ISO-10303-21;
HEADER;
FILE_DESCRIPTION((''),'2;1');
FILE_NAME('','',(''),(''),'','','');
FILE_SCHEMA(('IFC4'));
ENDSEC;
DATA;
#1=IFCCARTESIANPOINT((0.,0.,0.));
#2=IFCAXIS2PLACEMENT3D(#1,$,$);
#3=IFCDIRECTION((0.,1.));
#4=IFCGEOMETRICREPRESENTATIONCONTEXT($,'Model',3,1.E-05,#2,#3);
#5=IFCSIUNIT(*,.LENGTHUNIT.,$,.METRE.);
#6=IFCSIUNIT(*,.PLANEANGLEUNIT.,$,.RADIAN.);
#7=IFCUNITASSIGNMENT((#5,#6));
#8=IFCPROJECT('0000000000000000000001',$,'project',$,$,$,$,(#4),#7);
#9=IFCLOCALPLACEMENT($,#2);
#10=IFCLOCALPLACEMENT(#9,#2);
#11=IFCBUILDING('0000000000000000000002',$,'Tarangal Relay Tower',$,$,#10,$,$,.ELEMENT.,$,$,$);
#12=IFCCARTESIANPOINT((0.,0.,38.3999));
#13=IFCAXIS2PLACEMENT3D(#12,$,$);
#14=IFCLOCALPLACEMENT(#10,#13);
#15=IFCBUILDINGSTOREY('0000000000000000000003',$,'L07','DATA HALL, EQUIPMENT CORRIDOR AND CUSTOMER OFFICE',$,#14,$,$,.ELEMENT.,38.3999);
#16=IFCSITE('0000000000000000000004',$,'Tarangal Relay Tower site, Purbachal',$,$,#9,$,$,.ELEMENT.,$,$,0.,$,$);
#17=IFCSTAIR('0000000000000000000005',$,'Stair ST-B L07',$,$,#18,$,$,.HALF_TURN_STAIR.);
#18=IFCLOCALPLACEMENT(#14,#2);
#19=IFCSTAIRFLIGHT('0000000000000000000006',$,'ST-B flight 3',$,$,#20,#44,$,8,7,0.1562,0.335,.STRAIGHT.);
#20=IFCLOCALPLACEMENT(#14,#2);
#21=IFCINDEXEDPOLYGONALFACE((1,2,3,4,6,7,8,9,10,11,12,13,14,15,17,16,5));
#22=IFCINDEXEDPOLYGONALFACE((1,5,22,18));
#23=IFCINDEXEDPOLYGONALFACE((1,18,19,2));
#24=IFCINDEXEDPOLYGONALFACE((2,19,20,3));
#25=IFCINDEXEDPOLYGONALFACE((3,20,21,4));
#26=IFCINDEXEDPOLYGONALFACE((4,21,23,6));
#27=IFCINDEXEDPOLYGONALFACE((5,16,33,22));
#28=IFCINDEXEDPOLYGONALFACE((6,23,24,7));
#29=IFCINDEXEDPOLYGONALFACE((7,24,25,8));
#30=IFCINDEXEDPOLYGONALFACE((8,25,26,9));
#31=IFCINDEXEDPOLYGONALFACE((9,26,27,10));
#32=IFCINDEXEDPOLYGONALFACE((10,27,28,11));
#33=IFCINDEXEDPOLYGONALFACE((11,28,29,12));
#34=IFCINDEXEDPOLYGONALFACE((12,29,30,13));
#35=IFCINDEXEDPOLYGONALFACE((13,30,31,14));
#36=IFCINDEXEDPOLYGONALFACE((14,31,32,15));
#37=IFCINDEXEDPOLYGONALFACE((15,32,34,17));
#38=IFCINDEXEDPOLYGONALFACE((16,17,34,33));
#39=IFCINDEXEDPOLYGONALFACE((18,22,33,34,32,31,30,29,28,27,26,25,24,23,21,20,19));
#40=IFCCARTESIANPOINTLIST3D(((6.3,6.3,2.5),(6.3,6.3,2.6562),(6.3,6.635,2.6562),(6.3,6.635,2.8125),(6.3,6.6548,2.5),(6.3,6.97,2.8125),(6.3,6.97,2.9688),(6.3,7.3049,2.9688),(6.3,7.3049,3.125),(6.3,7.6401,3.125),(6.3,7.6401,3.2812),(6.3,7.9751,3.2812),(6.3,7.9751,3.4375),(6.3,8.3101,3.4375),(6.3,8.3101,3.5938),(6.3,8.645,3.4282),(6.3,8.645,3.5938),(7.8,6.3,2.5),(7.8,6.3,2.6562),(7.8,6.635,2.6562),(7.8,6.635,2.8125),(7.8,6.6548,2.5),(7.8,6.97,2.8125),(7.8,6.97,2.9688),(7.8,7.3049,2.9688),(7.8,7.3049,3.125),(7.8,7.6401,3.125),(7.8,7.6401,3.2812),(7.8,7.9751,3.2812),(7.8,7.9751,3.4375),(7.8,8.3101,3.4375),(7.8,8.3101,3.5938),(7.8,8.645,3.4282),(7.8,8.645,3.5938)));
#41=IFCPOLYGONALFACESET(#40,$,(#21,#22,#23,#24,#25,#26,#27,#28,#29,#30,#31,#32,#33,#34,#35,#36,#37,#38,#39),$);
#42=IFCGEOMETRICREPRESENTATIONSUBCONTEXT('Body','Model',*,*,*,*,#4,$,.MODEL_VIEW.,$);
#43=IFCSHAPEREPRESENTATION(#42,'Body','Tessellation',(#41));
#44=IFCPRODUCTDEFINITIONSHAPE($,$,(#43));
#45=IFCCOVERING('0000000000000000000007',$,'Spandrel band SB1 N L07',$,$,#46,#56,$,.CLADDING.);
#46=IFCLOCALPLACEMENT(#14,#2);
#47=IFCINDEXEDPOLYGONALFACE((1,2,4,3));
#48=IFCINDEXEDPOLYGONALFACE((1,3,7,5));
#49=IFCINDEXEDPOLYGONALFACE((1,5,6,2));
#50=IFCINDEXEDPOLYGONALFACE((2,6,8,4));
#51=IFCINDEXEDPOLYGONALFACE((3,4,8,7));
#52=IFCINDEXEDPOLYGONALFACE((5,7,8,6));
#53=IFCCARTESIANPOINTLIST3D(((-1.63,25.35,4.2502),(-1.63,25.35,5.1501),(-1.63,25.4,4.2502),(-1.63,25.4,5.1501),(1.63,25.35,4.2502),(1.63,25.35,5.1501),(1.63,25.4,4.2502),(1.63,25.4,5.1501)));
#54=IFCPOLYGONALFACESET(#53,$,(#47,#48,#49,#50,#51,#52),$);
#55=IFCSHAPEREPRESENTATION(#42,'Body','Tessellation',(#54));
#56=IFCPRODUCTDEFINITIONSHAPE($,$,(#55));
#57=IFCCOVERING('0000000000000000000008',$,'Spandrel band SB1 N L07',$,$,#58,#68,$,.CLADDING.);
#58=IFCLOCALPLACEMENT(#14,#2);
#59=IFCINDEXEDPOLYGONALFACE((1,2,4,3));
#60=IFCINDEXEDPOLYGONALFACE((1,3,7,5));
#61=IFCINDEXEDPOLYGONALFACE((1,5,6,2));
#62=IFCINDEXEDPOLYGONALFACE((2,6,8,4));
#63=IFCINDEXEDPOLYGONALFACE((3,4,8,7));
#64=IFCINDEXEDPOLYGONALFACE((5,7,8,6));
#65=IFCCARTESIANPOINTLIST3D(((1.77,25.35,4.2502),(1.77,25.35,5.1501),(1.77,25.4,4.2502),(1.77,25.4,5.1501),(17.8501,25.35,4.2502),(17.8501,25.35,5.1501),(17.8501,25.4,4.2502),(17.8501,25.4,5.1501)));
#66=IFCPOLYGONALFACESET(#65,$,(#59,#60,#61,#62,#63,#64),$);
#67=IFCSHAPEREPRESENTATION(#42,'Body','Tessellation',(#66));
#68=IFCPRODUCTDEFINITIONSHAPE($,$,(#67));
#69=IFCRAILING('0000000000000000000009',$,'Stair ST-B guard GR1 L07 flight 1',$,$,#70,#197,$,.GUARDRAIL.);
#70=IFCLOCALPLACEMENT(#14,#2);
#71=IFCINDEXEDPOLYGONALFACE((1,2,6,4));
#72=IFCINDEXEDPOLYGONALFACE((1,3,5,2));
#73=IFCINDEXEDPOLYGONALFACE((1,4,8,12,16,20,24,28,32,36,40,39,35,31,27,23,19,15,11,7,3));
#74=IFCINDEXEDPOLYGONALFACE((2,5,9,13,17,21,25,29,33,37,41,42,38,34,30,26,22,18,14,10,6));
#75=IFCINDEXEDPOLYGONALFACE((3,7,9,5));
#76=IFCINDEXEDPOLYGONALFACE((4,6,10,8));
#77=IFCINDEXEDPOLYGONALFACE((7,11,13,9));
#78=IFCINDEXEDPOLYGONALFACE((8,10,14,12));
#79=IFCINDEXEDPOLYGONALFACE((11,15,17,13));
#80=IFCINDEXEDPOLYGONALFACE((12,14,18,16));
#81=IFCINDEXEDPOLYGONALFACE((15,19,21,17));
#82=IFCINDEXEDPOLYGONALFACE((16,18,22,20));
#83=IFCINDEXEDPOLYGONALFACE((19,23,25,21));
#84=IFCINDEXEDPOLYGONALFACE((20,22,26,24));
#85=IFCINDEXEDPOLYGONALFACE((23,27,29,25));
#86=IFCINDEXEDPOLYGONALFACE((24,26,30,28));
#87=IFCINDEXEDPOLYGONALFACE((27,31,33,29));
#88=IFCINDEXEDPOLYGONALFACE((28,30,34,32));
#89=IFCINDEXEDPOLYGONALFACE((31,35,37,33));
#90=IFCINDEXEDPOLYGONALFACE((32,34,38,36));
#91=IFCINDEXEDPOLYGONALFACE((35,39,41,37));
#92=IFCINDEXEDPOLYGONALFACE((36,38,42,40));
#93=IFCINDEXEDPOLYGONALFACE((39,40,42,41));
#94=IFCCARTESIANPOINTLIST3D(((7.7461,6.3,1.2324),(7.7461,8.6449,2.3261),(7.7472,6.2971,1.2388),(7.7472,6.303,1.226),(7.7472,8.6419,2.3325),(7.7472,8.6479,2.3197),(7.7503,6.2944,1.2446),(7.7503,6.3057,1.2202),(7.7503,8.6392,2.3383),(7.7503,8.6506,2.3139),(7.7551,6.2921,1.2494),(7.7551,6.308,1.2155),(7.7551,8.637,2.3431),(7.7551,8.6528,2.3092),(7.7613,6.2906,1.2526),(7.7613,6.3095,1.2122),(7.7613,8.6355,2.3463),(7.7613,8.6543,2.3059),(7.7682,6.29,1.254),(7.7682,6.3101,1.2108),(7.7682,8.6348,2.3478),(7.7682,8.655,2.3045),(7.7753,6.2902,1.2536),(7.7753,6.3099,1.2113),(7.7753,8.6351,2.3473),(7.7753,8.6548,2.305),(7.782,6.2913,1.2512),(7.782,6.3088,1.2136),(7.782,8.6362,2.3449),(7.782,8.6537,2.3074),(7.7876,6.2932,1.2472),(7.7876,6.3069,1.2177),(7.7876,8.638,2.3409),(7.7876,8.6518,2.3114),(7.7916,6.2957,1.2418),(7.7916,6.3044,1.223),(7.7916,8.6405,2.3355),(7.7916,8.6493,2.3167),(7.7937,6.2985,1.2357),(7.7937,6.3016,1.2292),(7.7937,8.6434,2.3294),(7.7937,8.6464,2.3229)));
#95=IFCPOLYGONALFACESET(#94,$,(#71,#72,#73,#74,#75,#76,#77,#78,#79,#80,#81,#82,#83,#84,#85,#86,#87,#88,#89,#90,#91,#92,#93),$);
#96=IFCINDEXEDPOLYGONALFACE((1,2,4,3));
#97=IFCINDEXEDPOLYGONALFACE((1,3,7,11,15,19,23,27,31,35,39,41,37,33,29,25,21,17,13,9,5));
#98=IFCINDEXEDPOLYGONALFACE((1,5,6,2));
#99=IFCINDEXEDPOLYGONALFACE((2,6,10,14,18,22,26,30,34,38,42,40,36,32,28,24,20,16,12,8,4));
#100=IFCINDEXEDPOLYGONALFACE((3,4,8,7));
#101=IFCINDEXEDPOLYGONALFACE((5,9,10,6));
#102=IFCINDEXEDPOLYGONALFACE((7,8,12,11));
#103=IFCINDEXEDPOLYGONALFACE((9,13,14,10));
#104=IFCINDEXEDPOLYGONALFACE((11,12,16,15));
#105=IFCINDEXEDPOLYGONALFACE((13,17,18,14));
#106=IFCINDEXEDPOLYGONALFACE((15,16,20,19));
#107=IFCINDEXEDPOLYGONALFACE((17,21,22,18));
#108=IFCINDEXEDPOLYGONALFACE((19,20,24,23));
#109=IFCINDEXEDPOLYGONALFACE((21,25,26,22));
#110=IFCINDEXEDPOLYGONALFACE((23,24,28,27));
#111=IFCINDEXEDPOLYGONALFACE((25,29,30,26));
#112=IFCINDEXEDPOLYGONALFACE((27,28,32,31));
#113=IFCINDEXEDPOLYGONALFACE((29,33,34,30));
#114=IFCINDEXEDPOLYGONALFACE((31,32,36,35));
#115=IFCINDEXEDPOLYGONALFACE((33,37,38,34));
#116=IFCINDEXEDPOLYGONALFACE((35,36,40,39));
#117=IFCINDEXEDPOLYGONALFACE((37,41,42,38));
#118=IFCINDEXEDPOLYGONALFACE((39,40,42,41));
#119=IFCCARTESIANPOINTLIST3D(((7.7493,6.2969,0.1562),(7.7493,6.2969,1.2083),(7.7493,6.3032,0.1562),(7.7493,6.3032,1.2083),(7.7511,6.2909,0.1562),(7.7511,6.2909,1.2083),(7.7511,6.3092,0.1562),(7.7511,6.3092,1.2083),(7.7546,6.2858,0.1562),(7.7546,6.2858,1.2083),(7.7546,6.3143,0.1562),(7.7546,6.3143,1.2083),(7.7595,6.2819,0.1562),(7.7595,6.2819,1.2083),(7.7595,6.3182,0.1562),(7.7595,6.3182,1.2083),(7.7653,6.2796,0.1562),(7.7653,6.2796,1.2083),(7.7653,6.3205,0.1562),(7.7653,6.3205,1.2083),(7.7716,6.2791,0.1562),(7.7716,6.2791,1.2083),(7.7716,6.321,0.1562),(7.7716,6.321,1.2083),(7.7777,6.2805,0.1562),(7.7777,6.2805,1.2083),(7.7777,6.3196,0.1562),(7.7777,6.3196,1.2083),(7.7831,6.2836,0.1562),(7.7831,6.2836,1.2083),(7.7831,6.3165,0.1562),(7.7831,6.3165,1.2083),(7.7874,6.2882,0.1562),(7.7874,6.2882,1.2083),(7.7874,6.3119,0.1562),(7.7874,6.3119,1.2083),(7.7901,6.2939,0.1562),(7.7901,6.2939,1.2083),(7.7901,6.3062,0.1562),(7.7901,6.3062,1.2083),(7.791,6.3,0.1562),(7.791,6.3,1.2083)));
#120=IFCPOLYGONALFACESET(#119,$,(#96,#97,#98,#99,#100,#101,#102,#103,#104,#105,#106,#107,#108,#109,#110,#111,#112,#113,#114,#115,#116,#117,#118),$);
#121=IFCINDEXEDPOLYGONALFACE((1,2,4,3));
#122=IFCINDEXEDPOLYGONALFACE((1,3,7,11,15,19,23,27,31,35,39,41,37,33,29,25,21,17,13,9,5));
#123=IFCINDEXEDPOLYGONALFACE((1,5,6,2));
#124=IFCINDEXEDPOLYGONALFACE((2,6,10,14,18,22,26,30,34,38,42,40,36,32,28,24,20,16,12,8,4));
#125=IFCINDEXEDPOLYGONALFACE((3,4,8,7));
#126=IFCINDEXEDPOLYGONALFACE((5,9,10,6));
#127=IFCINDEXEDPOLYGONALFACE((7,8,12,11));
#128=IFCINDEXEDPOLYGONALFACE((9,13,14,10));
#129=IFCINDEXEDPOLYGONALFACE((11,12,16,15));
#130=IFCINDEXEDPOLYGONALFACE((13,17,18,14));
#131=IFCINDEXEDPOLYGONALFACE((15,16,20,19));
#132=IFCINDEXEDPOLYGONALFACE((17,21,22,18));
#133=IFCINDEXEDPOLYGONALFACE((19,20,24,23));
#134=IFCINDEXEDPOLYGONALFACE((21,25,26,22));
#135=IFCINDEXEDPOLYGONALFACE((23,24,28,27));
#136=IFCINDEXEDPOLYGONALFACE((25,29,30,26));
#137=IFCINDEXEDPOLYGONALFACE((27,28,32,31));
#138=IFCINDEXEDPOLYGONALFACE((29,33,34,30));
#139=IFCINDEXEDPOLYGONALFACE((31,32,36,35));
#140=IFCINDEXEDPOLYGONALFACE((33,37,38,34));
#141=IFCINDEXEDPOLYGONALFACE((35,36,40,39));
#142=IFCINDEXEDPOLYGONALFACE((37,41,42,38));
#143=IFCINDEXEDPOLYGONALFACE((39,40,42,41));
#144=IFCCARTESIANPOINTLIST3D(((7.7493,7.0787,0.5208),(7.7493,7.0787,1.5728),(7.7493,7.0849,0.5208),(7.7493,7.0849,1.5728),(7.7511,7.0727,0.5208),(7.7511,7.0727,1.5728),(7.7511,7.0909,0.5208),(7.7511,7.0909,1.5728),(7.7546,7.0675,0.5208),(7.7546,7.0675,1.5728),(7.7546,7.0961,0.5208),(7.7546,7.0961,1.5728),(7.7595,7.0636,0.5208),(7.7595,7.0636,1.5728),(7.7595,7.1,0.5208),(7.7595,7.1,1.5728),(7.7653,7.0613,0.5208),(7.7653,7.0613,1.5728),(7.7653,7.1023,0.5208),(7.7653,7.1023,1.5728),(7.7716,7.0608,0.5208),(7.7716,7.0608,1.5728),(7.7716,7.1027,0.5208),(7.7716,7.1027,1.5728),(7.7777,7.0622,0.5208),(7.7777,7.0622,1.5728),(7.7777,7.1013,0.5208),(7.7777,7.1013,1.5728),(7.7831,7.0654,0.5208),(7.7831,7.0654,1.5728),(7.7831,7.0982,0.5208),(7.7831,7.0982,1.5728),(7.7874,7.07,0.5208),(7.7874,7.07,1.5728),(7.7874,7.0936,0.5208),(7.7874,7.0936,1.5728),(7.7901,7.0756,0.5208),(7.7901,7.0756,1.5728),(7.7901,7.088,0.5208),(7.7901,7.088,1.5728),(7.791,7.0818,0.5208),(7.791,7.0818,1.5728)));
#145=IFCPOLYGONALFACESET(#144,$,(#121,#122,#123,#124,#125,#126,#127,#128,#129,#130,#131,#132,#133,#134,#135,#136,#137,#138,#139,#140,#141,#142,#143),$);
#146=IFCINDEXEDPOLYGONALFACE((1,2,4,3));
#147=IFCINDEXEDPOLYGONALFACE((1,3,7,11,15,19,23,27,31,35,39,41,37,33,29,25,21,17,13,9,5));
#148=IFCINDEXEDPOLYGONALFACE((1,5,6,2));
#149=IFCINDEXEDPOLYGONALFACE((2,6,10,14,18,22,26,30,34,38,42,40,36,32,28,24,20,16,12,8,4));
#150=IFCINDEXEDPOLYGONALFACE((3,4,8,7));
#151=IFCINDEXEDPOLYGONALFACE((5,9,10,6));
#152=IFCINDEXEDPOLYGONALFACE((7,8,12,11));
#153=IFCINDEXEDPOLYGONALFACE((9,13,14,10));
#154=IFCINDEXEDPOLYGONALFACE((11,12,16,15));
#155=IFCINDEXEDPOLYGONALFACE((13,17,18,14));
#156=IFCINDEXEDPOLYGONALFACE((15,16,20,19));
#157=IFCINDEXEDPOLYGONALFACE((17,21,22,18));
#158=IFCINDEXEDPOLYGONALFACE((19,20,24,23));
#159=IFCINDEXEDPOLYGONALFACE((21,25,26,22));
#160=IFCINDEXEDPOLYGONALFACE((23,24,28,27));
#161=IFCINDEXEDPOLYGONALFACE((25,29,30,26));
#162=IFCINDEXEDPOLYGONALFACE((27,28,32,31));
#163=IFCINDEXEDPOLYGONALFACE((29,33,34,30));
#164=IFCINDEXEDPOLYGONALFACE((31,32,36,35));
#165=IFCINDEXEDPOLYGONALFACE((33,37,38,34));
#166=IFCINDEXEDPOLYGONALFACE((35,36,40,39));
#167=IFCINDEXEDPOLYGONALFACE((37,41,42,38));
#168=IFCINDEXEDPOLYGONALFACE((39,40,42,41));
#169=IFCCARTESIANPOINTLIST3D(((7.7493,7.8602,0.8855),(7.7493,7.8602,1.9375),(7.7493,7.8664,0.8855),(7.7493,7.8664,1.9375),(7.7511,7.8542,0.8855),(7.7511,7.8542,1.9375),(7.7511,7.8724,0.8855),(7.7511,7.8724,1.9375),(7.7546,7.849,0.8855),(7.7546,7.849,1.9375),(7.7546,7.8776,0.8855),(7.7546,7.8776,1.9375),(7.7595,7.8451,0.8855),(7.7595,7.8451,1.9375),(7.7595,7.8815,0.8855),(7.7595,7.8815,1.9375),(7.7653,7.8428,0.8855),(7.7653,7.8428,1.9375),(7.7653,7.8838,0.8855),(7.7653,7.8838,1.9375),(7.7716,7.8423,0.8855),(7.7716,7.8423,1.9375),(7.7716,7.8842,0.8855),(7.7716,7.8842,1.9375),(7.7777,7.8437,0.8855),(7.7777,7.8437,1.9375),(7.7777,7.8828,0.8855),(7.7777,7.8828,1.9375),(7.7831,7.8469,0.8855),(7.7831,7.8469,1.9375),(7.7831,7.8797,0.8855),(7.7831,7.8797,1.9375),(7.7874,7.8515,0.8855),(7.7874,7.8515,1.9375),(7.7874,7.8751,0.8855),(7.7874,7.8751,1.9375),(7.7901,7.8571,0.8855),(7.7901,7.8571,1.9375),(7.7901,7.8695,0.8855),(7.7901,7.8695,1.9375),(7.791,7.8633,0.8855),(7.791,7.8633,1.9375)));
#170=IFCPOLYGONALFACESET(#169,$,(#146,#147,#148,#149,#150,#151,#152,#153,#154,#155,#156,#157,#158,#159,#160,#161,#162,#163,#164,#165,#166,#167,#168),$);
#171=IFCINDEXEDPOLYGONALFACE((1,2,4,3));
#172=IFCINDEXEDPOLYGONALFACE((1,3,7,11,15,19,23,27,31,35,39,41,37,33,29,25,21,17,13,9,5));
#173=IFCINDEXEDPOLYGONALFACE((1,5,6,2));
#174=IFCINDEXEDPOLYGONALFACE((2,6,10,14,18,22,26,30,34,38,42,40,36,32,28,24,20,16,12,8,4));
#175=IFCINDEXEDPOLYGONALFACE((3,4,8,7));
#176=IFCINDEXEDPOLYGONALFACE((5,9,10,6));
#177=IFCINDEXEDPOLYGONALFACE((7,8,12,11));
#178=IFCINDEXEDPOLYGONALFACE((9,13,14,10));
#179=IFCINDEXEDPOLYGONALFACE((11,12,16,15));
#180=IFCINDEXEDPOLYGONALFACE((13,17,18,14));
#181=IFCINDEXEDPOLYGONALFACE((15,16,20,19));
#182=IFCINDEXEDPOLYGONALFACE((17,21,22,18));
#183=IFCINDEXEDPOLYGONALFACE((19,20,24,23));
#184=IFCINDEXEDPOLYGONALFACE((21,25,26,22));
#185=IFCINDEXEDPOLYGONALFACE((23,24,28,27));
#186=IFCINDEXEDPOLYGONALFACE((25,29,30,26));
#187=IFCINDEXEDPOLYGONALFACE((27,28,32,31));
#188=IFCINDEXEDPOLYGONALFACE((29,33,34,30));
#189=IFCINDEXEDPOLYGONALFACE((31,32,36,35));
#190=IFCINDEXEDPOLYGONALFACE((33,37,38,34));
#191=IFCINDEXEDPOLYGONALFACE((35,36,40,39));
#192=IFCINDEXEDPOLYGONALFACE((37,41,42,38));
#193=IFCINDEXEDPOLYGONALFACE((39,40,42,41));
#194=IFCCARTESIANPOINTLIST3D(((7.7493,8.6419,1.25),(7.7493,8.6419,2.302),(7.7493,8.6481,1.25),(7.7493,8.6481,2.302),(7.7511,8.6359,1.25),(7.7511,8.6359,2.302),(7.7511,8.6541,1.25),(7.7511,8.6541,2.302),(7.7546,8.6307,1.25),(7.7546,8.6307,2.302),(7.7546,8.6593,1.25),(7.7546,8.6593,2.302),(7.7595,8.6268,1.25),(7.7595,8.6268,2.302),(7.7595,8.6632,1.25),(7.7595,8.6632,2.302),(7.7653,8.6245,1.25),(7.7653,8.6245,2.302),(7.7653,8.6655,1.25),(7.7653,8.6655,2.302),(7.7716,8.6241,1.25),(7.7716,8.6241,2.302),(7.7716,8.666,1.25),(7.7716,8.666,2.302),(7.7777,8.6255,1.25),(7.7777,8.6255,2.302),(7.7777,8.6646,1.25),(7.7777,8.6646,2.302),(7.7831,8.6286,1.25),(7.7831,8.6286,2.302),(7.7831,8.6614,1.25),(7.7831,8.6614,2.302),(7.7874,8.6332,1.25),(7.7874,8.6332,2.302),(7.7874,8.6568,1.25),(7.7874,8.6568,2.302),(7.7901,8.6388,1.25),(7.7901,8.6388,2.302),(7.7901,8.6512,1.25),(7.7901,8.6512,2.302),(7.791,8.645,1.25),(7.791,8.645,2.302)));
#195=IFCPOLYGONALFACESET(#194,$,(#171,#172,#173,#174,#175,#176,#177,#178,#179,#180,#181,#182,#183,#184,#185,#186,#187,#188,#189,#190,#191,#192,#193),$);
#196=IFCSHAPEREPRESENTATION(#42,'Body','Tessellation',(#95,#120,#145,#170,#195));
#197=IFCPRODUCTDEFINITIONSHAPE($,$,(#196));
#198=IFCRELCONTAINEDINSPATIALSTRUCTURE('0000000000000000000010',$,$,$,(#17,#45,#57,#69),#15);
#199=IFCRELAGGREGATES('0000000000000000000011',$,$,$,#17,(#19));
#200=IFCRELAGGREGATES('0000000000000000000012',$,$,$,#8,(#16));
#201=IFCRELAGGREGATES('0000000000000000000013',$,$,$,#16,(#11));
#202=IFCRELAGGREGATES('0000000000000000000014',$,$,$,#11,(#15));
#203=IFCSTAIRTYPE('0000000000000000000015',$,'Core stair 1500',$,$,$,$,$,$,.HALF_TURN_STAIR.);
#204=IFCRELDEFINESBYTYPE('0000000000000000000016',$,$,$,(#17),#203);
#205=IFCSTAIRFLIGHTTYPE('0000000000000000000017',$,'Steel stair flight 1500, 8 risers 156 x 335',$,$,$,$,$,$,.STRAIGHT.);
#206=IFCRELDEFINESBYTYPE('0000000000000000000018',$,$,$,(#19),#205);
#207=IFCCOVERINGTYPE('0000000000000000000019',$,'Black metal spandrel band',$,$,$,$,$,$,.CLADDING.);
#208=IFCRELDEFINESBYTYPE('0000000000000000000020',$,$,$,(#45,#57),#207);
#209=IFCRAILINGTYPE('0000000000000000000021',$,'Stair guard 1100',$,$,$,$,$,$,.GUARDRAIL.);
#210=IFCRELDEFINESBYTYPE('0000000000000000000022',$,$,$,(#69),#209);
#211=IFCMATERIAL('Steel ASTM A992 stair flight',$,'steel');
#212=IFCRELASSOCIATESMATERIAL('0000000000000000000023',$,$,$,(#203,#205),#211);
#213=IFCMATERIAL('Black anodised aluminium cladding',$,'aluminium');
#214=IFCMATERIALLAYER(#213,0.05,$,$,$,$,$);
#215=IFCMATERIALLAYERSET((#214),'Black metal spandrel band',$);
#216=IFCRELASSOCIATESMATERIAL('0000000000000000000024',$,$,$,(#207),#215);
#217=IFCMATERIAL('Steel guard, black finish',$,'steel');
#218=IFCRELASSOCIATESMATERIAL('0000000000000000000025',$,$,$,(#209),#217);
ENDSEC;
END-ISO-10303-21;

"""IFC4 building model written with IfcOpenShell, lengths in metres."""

from ifc_helpers import new_model, si_unit, direction, frame, origin, origin_2d, place, context, subcontext, project, spatial, polyline, rectangle, circle, outline, extrude, material, layer, layer_set, type_object, element, aggregate, save


model = new_model("IFC4")

# Units and contexts
model_context = context("Model", 3, precision=1e-05, world=origin(), true_north=direction((0.0, 1.0)))
body_context = subcontext(model_context, "Body", "Model", "MODEL_VIEW")
ifc_project = project(units=[si_unit("LENGTHUNIT", "METRE"), si_unit("PLANEANGLEUNIT", "RADIAN")], contexts=[model_context])

# Site, building, storey
site_placement = place(None, origin())
site = spatial("IfcSite", under=ifc_project, at=site_placement, Name="Tarangal Relay Tower site, Purbachal", CompositionType="ELEMENT", RefElevation=0.0)
building_placement = place(site_placement, origin())
building = spatial("IfcBuilding", under=site, at=building_placement, Name="Tarangal Relay Tower", CompositionType="ELEMENT")
storey_placement = place(building_placement, frame((0.0, 0.0, 38.3999)))
storey = spatial("IfcBuildingStorey", under=building, at=storey_placement, Name="L07", Description="DATA HALL, EQUIPMENT CORRIDOR AND CUSTOMER OFFICE", CompositionType="ELEMENT", Elevation=38.3999)

# Stair
ifc_material_1 = material(Name="Steel ASTM A992 stair flight", Category="steel")
stair_type = type_object("IfcStairType", Name="Core stair 1500", PredefinedType="HALF_TURN_STAIR", material=ifc_material_1)
stair_1_placement = place(storey_placement, origin())
stair_1 = element("IfcStair", 1, at=stair_1_placement, inside=storey, type_object=stair_type, Name="Stair ST-B L07", PredefinedType="HALF_TURN_STAIR")

# Stair flight
stair_flight_type = type_object("IfcStairFlightType", Name="Steel stair flight 1500, 8 risers 156 x 335", PredefinedType="STRAIGHT", material=ifc_material_1)
stair_flight_1_placement = place(storey_placement, frame((7.05, 6.3, 2.5), z_axis=(0.0, 0.0, 1.0), x_axis=(0.0, 1.0, 0.0)))
stair_flight_1 = element("IfcStairFlight", 2, at=stair_flight_1_placement, type_object=stair_flight_type, Name="ST-B flight 3", NumberOfRisers=8, NumberOfTreads=7, PredefinedType="STRAIGHT", RiserHeight=0.1562, TreadLength=0.335, context=body_context, shape_type="SweptSolid", body=[
    extrude(outline(polyline([(0.0, 0.0), (0.0, 0.1562), (0.335, 0.1562), (0.335, 0.3125), (0.6699, 0.3125), (0.6699, 0.4688), (1.0049, 0.4688), (1.0049, 0.625), (1.3401, 0.625), (1.3401, 0.7812), (1.675, 0.7812), (1.675, 0.9375), (2.01, 0.9375), (2.01, 1.0938), (2.345, 1.0938), (2.345, 1.25), (2.345, 0.9282), (0.3547, 0.0), (0.0, 0.0)])), frame((0.0, 0.75, 0.0), z_axis=(0.0, -1.0, 0.0), x_axis=(1.0, 0.0, 0.0)), (0.0, 0.0, 1.0), 1.5),
])
aggregate(stair_1, [stair_flight_1])

# Coverings
ifc_material_2 = material(Name="Black anodised aluminium cladding", Category="aluminium")
ifc_layer_1 = layer(ifc_material_2, 0.05)
ifc_layer_set_1 = layer_set([ifc_layer_1], Name="Black metal spandrel band")
covering_type = type_object("IfcCoveringType", Name="Black metal spandrel band", PredefinedType="CLADDING", material=ifc_layer_set_1)
covering_1_placement = place(storey_placement, frame((0.0, 25.375, 4.2502), z_axis=(0.0, 0.0, 1.0), x_axis=(1.0, 0.0, 0.0)))
element("IfcCovering", 3, at=covering_1_placement, inside=storey, type_object=covering_type, Name="Spandrel band SB1 N L07", PredefinedType="CLADDING", context=body_context, shape_type="SweptSolid", body=[
    extrude(rectangle(XDim=3.26, YDim=0.05, at=origin_2d()), origin(), (0.0, 0.0, 1.0), 0.8999),
])
covering_2_placement = place(storey_placement, frame((9.8101, 25.375, 4.2502), z_axis=(0.0, 0.0, 1.0), x_axis=(1.0, 0.0, 0.0)))
element("IfcCovering", 4, at=covering_2_placement, inside=storey, type_object=covering_type, Name="Spandrel band SB1 N L07", PredefinedType="CLADDING", context=body_context, shape_type="SweptSolid", body=[
    extrude(rectangle(XDim=16.0801, YDim=0.05, at=origin_2d()), origin(), (0.0, 0.0, 1.0), 0.8999),
])

# Railing
ifc_material_3 = material(Name="Steel guard, black finish", Category="steel")
railing_type_1 = type_object("IfcRailingType", Name="Stair guard 1100", PredefinedType="GUARDRAIL", material=ifc_material_3)
railing_1_placement = place(storey_placement, frame((7.77, 6.3, 0.1562)))
element("IfcRailing", 5, at=railing_1_placement, inside=storey, type_object=railing_type_1, Name="Stair ST-B guard GR1 L07 flight 1", PredefinedType="GUARDRAIL", context=body_context, shape_type="SweptSolid", body=[
    extrude(circle(Radius=0.0239, at=origin_2d()), frame((0.0, 0.0, 1.0762), z_axis=(0.0, 0.906267, 0.422705), x_axis=(-1.0, 0.0, 0.0)), (0.0, 0.0, 1.0), 2.5874),
    extrude(circle(Radius=0.021, at=origin_2d()), origin(), (0.0, 0.0, 1.0), 1.052),
    extrude(circle(Radius=0.021, at=origin_2d()), frame((0.0, 0.7817, 0.3645)), (0.0, 0.0, 1.0), 1.052),
    extrude(circle(Radius=0.021, at=origin_2d()), frame((0.0, 1.5632, 0.7292)), (0.0, 0.0, 1.0), 1.052),
    extrude(circle(Radius=0.021, at=origin_2d()), frame((0.0, 2.345, 1.0938)), (0.0, 0.0, 1.0), 1.052),
])

save(model, "model.ifc")
